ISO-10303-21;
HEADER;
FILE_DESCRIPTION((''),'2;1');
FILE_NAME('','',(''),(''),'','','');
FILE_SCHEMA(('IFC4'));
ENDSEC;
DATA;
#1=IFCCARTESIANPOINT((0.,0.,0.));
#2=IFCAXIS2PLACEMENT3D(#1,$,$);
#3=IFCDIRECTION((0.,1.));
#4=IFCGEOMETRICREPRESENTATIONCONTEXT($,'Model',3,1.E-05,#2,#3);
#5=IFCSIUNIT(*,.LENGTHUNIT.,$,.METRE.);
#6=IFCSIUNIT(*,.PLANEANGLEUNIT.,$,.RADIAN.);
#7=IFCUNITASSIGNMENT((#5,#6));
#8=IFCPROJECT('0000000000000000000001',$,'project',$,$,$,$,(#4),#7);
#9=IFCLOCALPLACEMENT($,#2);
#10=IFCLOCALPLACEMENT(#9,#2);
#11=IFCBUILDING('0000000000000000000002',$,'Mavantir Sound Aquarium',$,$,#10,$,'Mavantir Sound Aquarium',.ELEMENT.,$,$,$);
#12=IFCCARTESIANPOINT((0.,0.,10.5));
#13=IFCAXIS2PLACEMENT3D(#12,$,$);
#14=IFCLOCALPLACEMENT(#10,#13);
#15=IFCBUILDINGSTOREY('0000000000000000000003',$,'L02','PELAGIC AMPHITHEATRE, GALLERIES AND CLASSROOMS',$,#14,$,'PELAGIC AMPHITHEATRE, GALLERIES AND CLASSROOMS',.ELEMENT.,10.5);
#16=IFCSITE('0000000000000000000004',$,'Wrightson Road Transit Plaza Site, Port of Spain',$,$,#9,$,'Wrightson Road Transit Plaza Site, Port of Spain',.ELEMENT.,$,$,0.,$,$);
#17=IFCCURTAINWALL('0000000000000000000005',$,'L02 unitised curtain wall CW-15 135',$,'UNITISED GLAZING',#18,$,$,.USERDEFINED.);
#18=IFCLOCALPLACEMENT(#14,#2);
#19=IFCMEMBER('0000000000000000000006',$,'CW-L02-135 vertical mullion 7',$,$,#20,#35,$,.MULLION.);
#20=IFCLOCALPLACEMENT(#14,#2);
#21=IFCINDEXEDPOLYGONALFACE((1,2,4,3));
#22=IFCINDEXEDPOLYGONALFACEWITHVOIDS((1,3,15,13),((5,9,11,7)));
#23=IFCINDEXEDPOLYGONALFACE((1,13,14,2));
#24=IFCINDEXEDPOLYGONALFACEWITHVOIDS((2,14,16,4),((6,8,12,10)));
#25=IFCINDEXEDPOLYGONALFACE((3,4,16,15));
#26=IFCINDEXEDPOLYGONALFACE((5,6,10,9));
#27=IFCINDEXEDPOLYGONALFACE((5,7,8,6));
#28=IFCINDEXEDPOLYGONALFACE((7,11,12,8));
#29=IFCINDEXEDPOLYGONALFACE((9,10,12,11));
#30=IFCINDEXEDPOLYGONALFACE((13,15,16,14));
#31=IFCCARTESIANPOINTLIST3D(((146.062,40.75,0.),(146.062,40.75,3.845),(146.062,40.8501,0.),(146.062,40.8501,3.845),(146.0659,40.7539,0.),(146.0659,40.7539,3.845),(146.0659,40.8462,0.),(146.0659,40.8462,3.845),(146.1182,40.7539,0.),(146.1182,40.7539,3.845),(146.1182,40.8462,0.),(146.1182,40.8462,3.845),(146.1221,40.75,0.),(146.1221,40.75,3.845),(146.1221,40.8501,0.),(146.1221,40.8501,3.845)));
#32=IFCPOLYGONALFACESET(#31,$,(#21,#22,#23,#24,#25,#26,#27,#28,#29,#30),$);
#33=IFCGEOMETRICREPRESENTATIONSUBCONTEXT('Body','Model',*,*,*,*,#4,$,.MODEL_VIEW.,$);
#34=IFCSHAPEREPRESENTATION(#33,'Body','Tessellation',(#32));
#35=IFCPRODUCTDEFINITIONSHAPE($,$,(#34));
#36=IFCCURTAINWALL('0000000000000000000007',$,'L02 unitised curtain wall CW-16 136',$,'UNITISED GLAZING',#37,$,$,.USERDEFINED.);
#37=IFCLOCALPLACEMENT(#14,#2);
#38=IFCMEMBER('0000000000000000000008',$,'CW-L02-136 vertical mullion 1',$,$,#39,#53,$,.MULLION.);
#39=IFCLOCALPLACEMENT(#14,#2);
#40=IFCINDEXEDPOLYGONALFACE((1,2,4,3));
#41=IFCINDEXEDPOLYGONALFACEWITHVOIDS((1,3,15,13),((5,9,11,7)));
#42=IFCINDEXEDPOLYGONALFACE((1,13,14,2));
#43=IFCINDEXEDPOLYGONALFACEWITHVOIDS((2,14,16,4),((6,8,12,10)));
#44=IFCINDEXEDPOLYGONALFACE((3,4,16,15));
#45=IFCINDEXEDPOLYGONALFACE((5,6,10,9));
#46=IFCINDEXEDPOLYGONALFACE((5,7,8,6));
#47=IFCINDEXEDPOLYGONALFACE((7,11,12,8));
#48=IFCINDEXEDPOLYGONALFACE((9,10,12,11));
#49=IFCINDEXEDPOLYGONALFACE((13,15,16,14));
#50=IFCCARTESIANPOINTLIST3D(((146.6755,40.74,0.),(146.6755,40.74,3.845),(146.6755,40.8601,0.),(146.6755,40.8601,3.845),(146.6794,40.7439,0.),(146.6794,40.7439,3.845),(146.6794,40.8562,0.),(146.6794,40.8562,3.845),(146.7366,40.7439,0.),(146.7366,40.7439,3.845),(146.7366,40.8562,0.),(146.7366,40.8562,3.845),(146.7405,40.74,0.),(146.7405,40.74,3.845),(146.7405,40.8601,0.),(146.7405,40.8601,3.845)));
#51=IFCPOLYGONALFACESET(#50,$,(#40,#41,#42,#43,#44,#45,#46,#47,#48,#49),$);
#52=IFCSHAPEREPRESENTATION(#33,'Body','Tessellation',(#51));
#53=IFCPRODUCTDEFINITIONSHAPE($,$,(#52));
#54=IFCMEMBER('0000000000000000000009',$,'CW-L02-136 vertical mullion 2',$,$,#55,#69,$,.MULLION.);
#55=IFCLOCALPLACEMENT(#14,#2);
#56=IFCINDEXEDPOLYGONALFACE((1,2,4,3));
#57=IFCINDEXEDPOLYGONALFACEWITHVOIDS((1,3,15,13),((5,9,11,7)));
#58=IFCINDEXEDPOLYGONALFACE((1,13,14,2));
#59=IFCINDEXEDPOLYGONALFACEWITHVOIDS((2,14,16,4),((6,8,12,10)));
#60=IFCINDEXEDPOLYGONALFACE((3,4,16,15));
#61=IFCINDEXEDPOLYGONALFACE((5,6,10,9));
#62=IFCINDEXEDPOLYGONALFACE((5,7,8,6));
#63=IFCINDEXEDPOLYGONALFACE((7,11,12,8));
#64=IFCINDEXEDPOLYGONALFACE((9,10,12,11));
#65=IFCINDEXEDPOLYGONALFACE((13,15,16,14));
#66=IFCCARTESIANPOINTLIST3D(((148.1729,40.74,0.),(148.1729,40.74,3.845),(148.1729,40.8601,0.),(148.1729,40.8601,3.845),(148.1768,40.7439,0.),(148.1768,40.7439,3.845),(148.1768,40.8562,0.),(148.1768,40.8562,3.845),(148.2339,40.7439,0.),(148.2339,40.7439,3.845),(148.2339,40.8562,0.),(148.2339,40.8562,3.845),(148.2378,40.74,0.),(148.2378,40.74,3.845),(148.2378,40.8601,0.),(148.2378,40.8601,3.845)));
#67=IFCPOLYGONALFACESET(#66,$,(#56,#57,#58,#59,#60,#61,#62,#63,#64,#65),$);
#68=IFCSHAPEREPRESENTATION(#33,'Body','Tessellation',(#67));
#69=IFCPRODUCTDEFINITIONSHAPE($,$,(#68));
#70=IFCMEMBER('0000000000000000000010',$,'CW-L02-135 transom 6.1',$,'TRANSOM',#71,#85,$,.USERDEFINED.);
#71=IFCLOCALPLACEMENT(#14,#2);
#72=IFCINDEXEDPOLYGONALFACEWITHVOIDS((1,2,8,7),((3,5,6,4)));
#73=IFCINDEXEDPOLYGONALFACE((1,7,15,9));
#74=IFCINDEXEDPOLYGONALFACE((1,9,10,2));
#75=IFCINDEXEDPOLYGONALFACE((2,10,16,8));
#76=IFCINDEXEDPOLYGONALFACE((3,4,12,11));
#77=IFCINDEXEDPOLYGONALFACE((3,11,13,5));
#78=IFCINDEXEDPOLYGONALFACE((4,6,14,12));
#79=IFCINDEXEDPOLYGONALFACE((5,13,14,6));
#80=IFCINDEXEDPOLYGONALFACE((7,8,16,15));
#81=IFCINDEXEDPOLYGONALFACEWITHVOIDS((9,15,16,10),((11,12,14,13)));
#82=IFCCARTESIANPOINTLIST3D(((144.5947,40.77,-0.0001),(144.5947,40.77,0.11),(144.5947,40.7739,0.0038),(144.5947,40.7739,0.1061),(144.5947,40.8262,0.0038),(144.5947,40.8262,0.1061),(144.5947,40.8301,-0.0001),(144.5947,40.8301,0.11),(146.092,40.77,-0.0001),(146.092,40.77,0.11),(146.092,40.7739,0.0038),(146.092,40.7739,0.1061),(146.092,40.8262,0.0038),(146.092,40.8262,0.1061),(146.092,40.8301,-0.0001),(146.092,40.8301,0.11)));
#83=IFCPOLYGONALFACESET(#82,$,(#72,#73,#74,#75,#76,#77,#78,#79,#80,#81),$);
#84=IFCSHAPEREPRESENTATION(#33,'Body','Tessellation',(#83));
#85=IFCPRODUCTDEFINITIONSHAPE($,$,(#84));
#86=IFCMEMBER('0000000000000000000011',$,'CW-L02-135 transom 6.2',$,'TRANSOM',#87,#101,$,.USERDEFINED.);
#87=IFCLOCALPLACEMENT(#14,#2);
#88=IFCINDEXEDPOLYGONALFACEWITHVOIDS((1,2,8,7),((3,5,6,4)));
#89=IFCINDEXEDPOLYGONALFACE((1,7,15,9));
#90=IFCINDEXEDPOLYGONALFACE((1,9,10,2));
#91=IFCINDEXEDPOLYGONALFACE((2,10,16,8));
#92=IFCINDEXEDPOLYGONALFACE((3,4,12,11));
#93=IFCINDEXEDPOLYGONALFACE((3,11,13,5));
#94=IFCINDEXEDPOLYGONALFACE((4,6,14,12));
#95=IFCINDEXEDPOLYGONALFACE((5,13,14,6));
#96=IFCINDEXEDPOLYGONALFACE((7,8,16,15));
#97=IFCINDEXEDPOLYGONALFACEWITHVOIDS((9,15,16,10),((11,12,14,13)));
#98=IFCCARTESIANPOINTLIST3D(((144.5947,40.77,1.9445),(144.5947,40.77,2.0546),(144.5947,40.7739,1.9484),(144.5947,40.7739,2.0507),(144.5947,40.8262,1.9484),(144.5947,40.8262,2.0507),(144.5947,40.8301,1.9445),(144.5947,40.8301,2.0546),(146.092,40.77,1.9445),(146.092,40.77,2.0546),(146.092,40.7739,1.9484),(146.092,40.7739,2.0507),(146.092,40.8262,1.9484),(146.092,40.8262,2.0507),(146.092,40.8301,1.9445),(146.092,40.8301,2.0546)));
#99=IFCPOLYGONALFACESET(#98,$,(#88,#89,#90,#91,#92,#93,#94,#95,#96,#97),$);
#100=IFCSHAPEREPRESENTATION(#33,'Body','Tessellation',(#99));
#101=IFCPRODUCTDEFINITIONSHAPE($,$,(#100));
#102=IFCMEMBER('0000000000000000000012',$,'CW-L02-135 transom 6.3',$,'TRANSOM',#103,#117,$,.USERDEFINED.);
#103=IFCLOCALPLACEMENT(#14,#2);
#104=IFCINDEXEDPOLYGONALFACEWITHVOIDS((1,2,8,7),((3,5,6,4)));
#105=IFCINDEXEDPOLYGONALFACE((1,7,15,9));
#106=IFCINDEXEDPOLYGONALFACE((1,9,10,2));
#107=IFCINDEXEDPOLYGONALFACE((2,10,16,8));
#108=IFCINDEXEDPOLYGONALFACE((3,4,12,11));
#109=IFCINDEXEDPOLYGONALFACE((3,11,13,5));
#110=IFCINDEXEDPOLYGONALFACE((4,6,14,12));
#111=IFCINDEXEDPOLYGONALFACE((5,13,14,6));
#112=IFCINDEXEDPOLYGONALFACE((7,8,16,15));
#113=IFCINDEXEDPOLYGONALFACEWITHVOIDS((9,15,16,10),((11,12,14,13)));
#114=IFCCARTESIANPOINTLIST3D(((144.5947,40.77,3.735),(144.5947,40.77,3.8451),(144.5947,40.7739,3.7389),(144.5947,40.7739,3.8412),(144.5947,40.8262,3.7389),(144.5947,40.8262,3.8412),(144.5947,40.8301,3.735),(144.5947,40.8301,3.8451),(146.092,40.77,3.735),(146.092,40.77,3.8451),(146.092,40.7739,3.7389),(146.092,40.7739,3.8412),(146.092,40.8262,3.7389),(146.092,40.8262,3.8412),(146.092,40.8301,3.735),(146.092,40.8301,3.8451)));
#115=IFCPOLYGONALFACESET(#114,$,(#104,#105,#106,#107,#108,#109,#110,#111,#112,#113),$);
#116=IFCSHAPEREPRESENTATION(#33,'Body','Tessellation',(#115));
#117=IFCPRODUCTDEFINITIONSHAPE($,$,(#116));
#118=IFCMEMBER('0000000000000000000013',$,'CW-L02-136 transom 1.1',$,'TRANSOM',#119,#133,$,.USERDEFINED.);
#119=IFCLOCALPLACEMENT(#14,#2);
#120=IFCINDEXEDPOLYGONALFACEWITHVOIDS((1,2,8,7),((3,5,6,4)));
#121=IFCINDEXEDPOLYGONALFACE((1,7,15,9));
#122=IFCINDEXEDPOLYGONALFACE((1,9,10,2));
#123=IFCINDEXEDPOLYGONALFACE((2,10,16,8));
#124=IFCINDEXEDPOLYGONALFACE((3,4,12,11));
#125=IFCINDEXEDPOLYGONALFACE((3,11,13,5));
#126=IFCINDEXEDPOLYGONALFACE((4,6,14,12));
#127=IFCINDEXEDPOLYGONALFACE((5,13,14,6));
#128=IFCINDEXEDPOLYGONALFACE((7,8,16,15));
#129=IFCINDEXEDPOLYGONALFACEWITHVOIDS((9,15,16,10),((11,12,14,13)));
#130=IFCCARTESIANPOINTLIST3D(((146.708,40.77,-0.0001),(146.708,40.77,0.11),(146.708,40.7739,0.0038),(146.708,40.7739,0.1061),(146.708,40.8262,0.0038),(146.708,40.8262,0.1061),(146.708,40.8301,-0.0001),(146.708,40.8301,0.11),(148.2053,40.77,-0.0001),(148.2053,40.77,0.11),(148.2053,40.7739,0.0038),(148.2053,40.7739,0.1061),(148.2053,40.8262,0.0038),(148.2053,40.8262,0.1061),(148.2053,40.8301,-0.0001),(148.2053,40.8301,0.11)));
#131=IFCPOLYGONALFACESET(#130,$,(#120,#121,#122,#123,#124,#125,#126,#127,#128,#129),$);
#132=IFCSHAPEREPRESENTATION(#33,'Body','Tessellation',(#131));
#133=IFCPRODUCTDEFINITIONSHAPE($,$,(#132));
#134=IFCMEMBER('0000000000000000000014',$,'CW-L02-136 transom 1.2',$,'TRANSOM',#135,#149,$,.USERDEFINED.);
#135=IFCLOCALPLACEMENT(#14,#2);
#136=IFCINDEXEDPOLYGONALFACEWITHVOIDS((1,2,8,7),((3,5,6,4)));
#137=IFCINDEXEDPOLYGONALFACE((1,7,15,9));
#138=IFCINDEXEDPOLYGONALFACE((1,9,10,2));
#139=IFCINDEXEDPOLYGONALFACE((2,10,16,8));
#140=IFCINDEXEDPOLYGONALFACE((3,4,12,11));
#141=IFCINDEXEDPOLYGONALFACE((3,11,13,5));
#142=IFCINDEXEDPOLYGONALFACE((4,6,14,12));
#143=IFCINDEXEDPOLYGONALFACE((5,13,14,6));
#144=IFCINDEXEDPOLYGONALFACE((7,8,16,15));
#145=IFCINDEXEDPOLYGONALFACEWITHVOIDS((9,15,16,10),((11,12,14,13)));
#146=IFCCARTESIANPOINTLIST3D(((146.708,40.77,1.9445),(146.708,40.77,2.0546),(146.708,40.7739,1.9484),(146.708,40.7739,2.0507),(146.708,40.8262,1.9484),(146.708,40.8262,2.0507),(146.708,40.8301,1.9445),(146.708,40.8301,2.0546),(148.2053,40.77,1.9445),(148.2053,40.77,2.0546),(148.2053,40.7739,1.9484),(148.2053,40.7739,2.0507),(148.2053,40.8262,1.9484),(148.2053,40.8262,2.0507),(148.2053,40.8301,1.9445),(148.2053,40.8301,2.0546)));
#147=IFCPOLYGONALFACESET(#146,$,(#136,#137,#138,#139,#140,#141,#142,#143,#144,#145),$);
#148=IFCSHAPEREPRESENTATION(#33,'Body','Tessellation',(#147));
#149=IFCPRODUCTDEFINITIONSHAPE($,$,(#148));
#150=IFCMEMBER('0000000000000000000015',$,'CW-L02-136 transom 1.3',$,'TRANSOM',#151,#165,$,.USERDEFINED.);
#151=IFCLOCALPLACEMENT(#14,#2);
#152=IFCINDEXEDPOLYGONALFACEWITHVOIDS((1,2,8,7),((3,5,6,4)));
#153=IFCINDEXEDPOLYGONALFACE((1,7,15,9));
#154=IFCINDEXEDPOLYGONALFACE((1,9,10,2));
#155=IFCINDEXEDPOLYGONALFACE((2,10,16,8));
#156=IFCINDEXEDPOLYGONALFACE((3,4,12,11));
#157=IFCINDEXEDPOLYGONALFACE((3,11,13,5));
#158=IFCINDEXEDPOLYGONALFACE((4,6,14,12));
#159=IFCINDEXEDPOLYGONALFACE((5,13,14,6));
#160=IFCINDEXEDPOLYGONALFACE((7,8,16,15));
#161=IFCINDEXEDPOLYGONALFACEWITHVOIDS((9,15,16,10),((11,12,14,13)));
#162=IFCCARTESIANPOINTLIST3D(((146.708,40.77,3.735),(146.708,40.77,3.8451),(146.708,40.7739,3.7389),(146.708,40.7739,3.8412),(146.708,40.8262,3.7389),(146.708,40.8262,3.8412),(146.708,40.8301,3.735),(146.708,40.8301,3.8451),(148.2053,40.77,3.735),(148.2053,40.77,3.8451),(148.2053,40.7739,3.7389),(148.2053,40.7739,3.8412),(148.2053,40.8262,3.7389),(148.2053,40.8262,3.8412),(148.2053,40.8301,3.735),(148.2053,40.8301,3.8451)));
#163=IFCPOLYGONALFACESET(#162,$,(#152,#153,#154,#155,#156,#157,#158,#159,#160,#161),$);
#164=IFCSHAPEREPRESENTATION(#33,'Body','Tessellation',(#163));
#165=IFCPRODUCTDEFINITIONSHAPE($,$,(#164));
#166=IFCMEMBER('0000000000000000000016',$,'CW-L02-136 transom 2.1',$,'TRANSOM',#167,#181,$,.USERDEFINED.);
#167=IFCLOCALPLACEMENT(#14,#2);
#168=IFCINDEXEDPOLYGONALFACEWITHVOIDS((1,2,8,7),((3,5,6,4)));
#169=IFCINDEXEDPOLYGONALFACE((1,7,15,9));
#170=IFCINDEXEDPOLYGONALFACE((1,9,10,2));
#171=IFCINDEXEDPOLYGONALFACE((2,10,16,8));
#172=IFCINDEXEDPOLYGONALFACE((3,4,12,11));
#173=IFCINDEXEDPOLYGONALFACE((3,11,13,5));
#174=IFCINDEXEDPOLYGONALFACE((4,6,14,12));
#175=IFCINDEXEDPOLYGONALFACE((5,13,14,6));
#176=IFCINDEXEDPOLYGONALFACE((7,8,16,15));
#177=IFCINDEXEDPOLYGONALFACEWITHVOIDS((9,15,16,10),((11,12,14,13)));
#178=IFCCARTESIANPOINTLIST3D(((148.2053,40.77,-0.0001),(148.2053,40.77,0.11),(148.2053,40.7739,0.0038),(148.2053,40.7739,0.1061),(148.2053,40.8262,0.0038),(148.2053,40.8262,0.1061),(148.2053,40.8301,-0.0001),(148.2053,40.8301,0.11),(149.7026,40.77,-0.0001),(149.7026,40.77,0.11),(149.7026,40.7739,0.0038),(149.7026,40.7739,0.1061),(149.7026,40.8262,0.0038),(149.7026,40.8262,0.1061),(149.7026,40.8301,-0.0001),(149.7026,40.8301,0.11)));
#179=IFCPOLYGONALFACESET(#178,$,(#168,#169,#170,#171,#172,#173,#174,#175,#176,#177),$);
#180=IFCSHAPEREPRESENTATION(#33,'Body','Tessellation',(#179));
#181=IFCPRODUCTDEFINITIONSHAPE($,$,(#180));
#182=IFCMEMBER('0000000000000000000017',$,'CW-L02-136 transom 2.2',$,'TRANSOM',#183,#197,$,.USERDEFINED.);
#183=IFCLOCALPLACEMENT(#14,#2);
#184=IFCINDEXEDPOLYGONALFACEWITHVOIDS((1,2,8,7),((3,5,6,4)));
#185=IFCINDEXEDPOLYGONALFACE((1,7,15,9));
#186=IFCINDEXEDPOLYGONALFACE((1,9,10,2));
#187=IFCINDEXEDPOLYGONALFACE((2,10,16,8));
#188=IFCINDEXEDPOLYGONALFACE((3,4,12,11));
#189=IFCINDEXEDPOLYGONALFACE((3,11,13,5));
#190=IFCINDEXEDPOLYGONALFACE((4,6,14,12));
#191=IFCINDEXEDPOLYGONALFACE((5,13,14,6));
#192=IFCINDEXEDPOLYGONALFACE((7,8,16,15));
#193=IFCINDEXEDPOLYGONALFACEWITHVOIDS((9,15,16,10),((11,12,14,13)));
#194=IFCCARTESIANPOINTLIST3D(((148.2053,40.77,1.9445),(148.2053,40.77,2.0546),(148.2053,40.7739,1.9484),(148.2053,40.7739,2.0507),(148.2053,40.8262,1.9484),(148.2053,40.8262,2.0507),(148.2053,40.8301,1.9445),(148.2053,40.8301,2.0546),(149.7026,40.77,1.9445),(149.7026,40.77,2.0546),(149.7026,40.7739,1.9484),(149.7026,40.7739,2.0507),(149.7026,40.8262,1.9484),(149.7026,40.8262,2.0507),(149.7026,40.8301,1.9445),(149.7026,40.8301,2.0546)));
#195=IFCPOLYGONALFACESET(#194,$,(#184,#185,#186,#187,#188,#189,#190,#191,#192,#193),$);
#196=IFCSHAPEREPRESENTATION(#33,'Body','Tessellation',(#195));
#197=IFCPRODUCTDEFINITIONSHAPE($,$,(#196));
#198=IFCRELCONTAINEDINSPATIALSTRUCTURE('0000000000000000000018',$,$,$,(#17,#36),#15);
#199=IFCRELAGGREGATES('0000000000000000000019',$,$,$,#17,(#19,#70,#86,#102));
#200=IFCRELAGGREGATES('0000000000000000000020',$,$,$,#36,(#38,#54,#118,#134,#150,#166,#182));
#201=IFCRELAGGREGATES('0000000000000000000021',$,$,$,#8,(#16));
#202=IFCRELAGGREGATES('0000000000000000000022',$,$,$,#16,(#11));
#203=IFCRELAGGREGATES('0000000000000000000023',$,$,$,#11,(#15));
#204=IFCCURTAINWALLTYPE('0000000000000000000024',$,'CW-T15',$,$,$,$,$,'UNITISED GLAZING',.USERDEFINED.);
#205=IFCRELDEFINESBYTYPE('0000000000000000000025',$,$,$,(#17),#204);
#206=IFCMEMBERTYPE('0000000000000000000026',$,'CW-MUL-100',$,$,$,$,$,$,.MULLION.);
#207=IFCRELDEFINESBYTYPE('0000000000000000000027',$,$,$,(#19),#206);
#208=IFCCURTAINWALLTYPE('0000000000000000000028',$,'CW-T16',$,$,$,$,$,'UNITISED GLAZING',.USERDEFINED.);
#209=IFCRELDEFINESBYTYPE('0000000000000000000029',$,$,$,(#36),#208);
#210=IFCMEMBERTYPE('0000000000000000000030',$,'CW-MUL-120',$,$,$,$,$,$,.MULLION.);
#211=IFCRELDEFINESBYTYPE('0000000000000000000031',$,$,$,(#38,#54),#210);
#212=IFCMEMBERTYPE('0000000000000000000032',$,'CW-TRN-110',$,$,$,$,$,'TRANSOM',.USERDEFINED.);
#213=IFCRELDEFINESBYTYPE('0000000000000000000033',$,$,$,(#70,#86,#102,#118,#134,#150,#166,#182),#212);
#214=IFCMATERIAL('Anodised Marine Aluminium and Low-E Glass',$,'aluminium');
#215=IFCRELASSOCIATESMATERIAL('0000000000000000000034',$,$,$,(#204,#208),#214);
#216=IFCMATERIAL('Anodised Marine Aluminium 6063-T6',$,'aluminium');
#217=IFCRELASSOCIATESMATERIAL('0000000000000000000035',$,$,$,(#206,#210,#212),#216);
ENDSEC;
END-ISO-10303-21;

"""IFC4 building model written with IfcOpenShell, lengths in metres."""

from ifc_helpers import new_model, si_unit, direction, frame, origin, origin_2d, place, context, subcontext, project, spatial, hollow_rectangle, extrude, material, material_profile, profile_set, type_object, element, aggregate, save


model = new_model("IFC4")

# Units and contexts
model_context = context("Model", 3, precision=1e-05, world=origin(), true_north=direction((0.0, 1.0)))
body_context = subcontext(model_context, "Body", "Model", "MODEL_VIEW")
ifc_project = project(units=[si_unit("LENGTHUNIT", "METRE"), si_unit("PLANEANGLEUNIT", "RADIAN")], contexts=[model_context])

# Site, building, storey
site_placement = place(None, origin())
site = spatial("IfcSite", under=ifc_project, at=site_placement, Name="Wrightson Road Transit Plaza Site, Port of Spain", LongName="Wrightson Road Transit Plaza Site, Port of Spain", CompositionType="ELEMENT", RefElevation=0.0)
building_placement = place(site_placement, origin())
building = spatial("IfcBuilding", under=site, at=building_placement, Name="Mavantir Sound Aquarium", LongName="Mavantir Sound Aquarium", CompositionType="ELEMENT")
storey_placement = place(building_placement, frame((0.0, 0.0, 10.5)))
storey = spatial("IfcBuildingStorey", under=building, at=storey_placement, Name="L02", Description="PELAGIC AMPHITHEATRE, GALLERIES AND CLASSROOMS", LongName="PELAGIC AMPHITHEATRE, GALLERIES AND CLASSROOMS", CompositionType="ELEMENT", Elevation=10.5)

# Curtain wall, member
ifc_material_1 = material(Name="Anodised Marine Aluminium and Low-E Glass", Category="aluminium")
curtain_wall_type_1 = type_object("IfcCurtainWallType", Name="CW-T15", ElementType="UNITISED GLAZING", PredefinedType="USERDEFINED", material=ifc_material_1)
curtain_wall_1_placement = place(storey_placement, origin())
curtain_wall_1 = element("IfcCurtainWall", 1, at=curtain_wall_1_placement, inside=storey, type_object=curtain_wall_type_1, Name="L02 unitised curtain wall CW-15 135", ObjectType="UNITISED GLAZING", PredefinedType="USERDEFINED")
ifc_material_2 = material(Name="Anodised Marine Aluminium 6063-T6", Category="aluminium")
ifc_material_profile_1 = material_profile(ifc_material_2, hollow_rectangle(XDim=0.0601, YDim=0.1001, WallThickness=0.0039, at=origin_2d()), Name="ALU-MULLION-100X60")
ifc_profile_set_1 = profile_set([ifc_material_profile_1], Name="Anodised Marine Aluminium 6063-T6")
member_type_1 = type_object("IfcMemberType", Name="CW-MUL-100", PredefinedType="MULLION", material=ifc_profile_set_1)
member_1_placement = place(storey_placement, frame((146.092, 40.8, 0.0), z_axis=(0.0, 0.0, 1.0), x_axis=(1.0, 0.0, 0.0)))
member_1 = element("IfcMember", 2, at=member_1_placement, type_object=member_type_1, Name="CW-L02-135 vertical mullion 7", PredefinedType="MULLION", context=body_context, shape_type="SweptSolid", body=[
    extrude(hollow_rectangle(XDim=0.0601, YDim=0.1001, WallThickness=0.0039, at=origin_2d()), origin(), (0.0, 0.0, 1.0), 3.845),
])

# Curtain wall, members
curtain_wall_type_2 = type_object("IfcCurtainWallType", Name="CW-T16", ElementType="UNITISED GLAZING", PredefinedType="USERDEFINED", material=ifc_material_1)
curtain_wall_2_placement = place(storey_placement, origin())
curtain_wall_2 = element("IfcCurtainWall", 3, at=curtain_wall_2_placement, inside=storey, type_object=curtain_wall_type_2, Name="L02 unitised curtain wall CW-16 136", ObjectType="UNITISED GLAZING", PredefinedType="USERDEFINED")
ifc_material_profile_2 = material_profile(ifc_material_2, hollow_rectangle(XDim=0.0649, YDim=0.1201, WallThickness=0.0039, at=origin_2d()), Name="ALU-MULLION-120X65")
ifc_profile_set_2 = profile_set([ifc_material_profile_2], Name="Anodised Marine Aluminium 6063-T6")
member_type_2 = type_object("IfcMemberType", Name="CW-MUL-120", PredefinedType="MULLION", material=ifc_profile_set_2)
member_2_placement = place(storey_placement, frame((146.708, 40.8, 0.0), z_axis=(0.0, 0.0, 1.0), x_axis=(1.0, 0.0, 0.0)))
member_2 = element("IfcMember", 4, at=member_2_placement, type_object=member_type_2, Name="CW-L02-136 vertical mullion 1", PredefinedType="MULLION", context=body_context, shape_type="SweptSolid", body=[
    extrude(hollow_rectangle(XDim=0.0649, YDim=0.1201, WallThickness=0.0039, at=origin_2d()), origin(), (0.0, 0.0, 1.0), 3.845),
])
member_3_placement = place(storey_placement, frame((148.2053, 40.8, 0.0), z_axis=(0.0, 0.0, 1.0), x_axis=(1.0, 0.0, 0.0)))
member_3 = element("IfcMember", 5, at=member_3_placement, type_object=member_type_2, Name="CW-L02-136 vertical mullion 2", PredefinedType="MULLION", context=body_context, shape_type="SweptSolid", body=[
    extrude(hollow_rectangle(XDim=0.0649, YDim=0.1201, WallThickness=0.0039, at=origin_2d()), origin(), (0.0, 0.0, 1.0), 3.845),
])

# Members
ifc_material_profile_3 = material_profile(ifc_material_2, hollow_rectangle(XDim=0.0601, YDim=0.1101, WallThickness=0.0039, at=origin_2d()), Name="ALU-TRANSOM-110X60")
ifc_profile_set_3 = profile_set([ifc_material_profile_3], Name="Anodised Marine Aluminium 6063-T6")
member_type_3 = type_object("IfcMemberType", Name="CW-TRN-110", ElementType="TRANSOM", PredefinedType="USERDEFINED", material=ifc_profile_set_3)
member_4_placement = place(storey_placement, frame((144.5947, 40.8, 0.0549), z_axis=(1.0, 0.0, 0.0), x_axis=(0.0, 1.0, 0.0)))
member_4 = element("IfcMember", 6, at=member_4_placement, type_object=member_type_3, Name="CW-L02-135 transom 6.1", ObjectType="TRANSOM", PredefinedType="USERDEFINED", context=body_context, shape_type="SweptSolid", body=[
    extrude(hollow_rectangle(XDim=0.0601, YDim=0.1101, WallThickness=0.0039, at=origin_2d()), origin(), (0.0, 0.0, 1.0), 1.4973),
])
member_5_placement = place(storey_placement, frame((144.5947, 40.8, 1.9995), z_axis=(1.0, 0.0, 0.0), x_axis=(0.0, 1.0, 0.0)))
member_5 = element("IfcMember", 7, at=member_5_placement, type_object=member_type_3, Name="CW-L02-135 transom 6.2", ObjectType="TRANSOM", PredefinedType="USERDEFINED", context=body_context, shape_type="SweptSolid", body=[
    extrude(hollow_rectangle(XDim=0.0601, YDim=0.1101, WallThickness=0.0039, at=origin_2d()), origin(), (0.0, 0.0, 1.0), 1.4973),
])
member_6_placement = place(storey_placement, frame((144.5947, 40.8, 3.79), z_axis=(1.0, 0.0, 0.0), x_axis=(0.0, 1.0, 0.0)))
member_6 = element("IfcMember", 8, at=member_6_placement, type_object=member_type_3, Name="CW-L02-135 transom 6.3", ObjectType="TRANSOM", PredefinedType="USERDEFINED", context=body_context, shape_type="SweptSolid", body=[
    extrude(hollow_rectangle(XDim=0.0601, YDim=0.1101, WallThickness=0.0039, at=origin_2d()), origin(), (0.0, 0.0, 1.0), 1.4973),
])
member_7_placement = place(storey_placement, frame((146.708, 40.8, 0.0549), z_axis=(1.0, 0.0, 0.0), x_axis=(0.0, 1.0, 0.0)))
member_7 = element("IfcMember", 9, at=member_7_placement, type_object=member_type_3, Name="CW-L02-136 transom 1.1", ObjectType="TRANSOM", PredefinedType="USERDEFINED", context=body_context, shape_type="SweptSolid", body=[
    extrude(hollow_rectangle(XDim=0.0601, YDim=0.1101, WallThickness=0.0039, at=origin_2d()), origin(), (0.0, 0.0, 1.0), 1.4973),
])
member_8_placement = place(storey_placement, frame((146.708, 40.8, 1.9995), z_axis=(1.0, 0.0, 0.0), x_axis=(0.0, 1.0, 0.0)))
member_8 = element("IfcMember", 10, at=member_8_placement, type_object=member_type_3, Name="CW-L02-136 transom 1.2", ObjectType="TRANSOM", PredefinedType="USERDEFINED", context=body_context, shape_type="SweptSolid", body=[
    extrude(hollow_rectangle(XDim=0.0601, YDim=0.1101, WallThickness=0.0039, at=origin_2d()), origin(), (0.0, 0.0, 1.0), 1.4973),
])
member_9_placement = place(storey_placement, frame((146.708, 40.8, 3.79), z_axis=(1.0, 0.0, 0.0), x_axis=(0.0, 1.0, 0.0)))
member_9 = element("IfcMember", 11, at=member_9_placement, type_object=member_type_3, Name="CW-L02-136 transom 1.3", ObjectType="TRANSOM", PredefinedType="USERDEFINED", context=body_context, shape_type="SweptSolid", body=[
    extrude(hollow_rectangle(XDim=0.0601, YDim=0.1101, WallThickness=0.0039, at=origin_2d()), origin(), (0.0, 0.0, 1.0), 1.4973),
])
member_10_placement = place(storey_placement, frame((148.2053, 40.8, 0.0549), z_axis=(1.0, 0.0, 0.0), x_axis=(0.0, 1.0, 0.0)))
member_10 = element("IfcMember", 12, at=member_10_placement, type_object=member_type_3, Name="CW-L02-136 transom 2.1", ObjectType="TRANSOM", PredefinedType="USERDEFINED", context=body_context, shape_type="SweptSolid", body=[
    extrude(hollow_rectangle(XDim=0.0601, YDim=0.1101, WallThickness=0.0039, at=origin_2d()), origin(), (0.0, 0.0, 1.0), 1.4973),
])
member_11_placement = place(storey_placement, frame((148.2053, 40.8, 1.9995), z_axis=(1.0, 0.0, 0.0), x_axis=(0.0, 1.0, 0.0)))
member_11 = element("IfcMember", 13, at=member_11_placement, type_object=member_type_3, Name="CW-L02-136 transom 2.2", ObjectType="TRANSOM", PredefinedType="USERDEFINED", context=body_context, shape_type="SweptSolid", body=[
    extrude(hollow_rectangle(XDim=0.0601, YDim=0.1101, WallThickness=0.0039, at=origin_2d()), origin(), (0.0, 0.0, 1.0), 1.4973),
])

aggregate(curtain_wall_1, [member_1, member_4, member_5, member_6])
aggregate(curtain_wall_2, [member_2, member_3, member_7, member_8, member_9, member_10, member_11])

save(model, "model.ifc")
